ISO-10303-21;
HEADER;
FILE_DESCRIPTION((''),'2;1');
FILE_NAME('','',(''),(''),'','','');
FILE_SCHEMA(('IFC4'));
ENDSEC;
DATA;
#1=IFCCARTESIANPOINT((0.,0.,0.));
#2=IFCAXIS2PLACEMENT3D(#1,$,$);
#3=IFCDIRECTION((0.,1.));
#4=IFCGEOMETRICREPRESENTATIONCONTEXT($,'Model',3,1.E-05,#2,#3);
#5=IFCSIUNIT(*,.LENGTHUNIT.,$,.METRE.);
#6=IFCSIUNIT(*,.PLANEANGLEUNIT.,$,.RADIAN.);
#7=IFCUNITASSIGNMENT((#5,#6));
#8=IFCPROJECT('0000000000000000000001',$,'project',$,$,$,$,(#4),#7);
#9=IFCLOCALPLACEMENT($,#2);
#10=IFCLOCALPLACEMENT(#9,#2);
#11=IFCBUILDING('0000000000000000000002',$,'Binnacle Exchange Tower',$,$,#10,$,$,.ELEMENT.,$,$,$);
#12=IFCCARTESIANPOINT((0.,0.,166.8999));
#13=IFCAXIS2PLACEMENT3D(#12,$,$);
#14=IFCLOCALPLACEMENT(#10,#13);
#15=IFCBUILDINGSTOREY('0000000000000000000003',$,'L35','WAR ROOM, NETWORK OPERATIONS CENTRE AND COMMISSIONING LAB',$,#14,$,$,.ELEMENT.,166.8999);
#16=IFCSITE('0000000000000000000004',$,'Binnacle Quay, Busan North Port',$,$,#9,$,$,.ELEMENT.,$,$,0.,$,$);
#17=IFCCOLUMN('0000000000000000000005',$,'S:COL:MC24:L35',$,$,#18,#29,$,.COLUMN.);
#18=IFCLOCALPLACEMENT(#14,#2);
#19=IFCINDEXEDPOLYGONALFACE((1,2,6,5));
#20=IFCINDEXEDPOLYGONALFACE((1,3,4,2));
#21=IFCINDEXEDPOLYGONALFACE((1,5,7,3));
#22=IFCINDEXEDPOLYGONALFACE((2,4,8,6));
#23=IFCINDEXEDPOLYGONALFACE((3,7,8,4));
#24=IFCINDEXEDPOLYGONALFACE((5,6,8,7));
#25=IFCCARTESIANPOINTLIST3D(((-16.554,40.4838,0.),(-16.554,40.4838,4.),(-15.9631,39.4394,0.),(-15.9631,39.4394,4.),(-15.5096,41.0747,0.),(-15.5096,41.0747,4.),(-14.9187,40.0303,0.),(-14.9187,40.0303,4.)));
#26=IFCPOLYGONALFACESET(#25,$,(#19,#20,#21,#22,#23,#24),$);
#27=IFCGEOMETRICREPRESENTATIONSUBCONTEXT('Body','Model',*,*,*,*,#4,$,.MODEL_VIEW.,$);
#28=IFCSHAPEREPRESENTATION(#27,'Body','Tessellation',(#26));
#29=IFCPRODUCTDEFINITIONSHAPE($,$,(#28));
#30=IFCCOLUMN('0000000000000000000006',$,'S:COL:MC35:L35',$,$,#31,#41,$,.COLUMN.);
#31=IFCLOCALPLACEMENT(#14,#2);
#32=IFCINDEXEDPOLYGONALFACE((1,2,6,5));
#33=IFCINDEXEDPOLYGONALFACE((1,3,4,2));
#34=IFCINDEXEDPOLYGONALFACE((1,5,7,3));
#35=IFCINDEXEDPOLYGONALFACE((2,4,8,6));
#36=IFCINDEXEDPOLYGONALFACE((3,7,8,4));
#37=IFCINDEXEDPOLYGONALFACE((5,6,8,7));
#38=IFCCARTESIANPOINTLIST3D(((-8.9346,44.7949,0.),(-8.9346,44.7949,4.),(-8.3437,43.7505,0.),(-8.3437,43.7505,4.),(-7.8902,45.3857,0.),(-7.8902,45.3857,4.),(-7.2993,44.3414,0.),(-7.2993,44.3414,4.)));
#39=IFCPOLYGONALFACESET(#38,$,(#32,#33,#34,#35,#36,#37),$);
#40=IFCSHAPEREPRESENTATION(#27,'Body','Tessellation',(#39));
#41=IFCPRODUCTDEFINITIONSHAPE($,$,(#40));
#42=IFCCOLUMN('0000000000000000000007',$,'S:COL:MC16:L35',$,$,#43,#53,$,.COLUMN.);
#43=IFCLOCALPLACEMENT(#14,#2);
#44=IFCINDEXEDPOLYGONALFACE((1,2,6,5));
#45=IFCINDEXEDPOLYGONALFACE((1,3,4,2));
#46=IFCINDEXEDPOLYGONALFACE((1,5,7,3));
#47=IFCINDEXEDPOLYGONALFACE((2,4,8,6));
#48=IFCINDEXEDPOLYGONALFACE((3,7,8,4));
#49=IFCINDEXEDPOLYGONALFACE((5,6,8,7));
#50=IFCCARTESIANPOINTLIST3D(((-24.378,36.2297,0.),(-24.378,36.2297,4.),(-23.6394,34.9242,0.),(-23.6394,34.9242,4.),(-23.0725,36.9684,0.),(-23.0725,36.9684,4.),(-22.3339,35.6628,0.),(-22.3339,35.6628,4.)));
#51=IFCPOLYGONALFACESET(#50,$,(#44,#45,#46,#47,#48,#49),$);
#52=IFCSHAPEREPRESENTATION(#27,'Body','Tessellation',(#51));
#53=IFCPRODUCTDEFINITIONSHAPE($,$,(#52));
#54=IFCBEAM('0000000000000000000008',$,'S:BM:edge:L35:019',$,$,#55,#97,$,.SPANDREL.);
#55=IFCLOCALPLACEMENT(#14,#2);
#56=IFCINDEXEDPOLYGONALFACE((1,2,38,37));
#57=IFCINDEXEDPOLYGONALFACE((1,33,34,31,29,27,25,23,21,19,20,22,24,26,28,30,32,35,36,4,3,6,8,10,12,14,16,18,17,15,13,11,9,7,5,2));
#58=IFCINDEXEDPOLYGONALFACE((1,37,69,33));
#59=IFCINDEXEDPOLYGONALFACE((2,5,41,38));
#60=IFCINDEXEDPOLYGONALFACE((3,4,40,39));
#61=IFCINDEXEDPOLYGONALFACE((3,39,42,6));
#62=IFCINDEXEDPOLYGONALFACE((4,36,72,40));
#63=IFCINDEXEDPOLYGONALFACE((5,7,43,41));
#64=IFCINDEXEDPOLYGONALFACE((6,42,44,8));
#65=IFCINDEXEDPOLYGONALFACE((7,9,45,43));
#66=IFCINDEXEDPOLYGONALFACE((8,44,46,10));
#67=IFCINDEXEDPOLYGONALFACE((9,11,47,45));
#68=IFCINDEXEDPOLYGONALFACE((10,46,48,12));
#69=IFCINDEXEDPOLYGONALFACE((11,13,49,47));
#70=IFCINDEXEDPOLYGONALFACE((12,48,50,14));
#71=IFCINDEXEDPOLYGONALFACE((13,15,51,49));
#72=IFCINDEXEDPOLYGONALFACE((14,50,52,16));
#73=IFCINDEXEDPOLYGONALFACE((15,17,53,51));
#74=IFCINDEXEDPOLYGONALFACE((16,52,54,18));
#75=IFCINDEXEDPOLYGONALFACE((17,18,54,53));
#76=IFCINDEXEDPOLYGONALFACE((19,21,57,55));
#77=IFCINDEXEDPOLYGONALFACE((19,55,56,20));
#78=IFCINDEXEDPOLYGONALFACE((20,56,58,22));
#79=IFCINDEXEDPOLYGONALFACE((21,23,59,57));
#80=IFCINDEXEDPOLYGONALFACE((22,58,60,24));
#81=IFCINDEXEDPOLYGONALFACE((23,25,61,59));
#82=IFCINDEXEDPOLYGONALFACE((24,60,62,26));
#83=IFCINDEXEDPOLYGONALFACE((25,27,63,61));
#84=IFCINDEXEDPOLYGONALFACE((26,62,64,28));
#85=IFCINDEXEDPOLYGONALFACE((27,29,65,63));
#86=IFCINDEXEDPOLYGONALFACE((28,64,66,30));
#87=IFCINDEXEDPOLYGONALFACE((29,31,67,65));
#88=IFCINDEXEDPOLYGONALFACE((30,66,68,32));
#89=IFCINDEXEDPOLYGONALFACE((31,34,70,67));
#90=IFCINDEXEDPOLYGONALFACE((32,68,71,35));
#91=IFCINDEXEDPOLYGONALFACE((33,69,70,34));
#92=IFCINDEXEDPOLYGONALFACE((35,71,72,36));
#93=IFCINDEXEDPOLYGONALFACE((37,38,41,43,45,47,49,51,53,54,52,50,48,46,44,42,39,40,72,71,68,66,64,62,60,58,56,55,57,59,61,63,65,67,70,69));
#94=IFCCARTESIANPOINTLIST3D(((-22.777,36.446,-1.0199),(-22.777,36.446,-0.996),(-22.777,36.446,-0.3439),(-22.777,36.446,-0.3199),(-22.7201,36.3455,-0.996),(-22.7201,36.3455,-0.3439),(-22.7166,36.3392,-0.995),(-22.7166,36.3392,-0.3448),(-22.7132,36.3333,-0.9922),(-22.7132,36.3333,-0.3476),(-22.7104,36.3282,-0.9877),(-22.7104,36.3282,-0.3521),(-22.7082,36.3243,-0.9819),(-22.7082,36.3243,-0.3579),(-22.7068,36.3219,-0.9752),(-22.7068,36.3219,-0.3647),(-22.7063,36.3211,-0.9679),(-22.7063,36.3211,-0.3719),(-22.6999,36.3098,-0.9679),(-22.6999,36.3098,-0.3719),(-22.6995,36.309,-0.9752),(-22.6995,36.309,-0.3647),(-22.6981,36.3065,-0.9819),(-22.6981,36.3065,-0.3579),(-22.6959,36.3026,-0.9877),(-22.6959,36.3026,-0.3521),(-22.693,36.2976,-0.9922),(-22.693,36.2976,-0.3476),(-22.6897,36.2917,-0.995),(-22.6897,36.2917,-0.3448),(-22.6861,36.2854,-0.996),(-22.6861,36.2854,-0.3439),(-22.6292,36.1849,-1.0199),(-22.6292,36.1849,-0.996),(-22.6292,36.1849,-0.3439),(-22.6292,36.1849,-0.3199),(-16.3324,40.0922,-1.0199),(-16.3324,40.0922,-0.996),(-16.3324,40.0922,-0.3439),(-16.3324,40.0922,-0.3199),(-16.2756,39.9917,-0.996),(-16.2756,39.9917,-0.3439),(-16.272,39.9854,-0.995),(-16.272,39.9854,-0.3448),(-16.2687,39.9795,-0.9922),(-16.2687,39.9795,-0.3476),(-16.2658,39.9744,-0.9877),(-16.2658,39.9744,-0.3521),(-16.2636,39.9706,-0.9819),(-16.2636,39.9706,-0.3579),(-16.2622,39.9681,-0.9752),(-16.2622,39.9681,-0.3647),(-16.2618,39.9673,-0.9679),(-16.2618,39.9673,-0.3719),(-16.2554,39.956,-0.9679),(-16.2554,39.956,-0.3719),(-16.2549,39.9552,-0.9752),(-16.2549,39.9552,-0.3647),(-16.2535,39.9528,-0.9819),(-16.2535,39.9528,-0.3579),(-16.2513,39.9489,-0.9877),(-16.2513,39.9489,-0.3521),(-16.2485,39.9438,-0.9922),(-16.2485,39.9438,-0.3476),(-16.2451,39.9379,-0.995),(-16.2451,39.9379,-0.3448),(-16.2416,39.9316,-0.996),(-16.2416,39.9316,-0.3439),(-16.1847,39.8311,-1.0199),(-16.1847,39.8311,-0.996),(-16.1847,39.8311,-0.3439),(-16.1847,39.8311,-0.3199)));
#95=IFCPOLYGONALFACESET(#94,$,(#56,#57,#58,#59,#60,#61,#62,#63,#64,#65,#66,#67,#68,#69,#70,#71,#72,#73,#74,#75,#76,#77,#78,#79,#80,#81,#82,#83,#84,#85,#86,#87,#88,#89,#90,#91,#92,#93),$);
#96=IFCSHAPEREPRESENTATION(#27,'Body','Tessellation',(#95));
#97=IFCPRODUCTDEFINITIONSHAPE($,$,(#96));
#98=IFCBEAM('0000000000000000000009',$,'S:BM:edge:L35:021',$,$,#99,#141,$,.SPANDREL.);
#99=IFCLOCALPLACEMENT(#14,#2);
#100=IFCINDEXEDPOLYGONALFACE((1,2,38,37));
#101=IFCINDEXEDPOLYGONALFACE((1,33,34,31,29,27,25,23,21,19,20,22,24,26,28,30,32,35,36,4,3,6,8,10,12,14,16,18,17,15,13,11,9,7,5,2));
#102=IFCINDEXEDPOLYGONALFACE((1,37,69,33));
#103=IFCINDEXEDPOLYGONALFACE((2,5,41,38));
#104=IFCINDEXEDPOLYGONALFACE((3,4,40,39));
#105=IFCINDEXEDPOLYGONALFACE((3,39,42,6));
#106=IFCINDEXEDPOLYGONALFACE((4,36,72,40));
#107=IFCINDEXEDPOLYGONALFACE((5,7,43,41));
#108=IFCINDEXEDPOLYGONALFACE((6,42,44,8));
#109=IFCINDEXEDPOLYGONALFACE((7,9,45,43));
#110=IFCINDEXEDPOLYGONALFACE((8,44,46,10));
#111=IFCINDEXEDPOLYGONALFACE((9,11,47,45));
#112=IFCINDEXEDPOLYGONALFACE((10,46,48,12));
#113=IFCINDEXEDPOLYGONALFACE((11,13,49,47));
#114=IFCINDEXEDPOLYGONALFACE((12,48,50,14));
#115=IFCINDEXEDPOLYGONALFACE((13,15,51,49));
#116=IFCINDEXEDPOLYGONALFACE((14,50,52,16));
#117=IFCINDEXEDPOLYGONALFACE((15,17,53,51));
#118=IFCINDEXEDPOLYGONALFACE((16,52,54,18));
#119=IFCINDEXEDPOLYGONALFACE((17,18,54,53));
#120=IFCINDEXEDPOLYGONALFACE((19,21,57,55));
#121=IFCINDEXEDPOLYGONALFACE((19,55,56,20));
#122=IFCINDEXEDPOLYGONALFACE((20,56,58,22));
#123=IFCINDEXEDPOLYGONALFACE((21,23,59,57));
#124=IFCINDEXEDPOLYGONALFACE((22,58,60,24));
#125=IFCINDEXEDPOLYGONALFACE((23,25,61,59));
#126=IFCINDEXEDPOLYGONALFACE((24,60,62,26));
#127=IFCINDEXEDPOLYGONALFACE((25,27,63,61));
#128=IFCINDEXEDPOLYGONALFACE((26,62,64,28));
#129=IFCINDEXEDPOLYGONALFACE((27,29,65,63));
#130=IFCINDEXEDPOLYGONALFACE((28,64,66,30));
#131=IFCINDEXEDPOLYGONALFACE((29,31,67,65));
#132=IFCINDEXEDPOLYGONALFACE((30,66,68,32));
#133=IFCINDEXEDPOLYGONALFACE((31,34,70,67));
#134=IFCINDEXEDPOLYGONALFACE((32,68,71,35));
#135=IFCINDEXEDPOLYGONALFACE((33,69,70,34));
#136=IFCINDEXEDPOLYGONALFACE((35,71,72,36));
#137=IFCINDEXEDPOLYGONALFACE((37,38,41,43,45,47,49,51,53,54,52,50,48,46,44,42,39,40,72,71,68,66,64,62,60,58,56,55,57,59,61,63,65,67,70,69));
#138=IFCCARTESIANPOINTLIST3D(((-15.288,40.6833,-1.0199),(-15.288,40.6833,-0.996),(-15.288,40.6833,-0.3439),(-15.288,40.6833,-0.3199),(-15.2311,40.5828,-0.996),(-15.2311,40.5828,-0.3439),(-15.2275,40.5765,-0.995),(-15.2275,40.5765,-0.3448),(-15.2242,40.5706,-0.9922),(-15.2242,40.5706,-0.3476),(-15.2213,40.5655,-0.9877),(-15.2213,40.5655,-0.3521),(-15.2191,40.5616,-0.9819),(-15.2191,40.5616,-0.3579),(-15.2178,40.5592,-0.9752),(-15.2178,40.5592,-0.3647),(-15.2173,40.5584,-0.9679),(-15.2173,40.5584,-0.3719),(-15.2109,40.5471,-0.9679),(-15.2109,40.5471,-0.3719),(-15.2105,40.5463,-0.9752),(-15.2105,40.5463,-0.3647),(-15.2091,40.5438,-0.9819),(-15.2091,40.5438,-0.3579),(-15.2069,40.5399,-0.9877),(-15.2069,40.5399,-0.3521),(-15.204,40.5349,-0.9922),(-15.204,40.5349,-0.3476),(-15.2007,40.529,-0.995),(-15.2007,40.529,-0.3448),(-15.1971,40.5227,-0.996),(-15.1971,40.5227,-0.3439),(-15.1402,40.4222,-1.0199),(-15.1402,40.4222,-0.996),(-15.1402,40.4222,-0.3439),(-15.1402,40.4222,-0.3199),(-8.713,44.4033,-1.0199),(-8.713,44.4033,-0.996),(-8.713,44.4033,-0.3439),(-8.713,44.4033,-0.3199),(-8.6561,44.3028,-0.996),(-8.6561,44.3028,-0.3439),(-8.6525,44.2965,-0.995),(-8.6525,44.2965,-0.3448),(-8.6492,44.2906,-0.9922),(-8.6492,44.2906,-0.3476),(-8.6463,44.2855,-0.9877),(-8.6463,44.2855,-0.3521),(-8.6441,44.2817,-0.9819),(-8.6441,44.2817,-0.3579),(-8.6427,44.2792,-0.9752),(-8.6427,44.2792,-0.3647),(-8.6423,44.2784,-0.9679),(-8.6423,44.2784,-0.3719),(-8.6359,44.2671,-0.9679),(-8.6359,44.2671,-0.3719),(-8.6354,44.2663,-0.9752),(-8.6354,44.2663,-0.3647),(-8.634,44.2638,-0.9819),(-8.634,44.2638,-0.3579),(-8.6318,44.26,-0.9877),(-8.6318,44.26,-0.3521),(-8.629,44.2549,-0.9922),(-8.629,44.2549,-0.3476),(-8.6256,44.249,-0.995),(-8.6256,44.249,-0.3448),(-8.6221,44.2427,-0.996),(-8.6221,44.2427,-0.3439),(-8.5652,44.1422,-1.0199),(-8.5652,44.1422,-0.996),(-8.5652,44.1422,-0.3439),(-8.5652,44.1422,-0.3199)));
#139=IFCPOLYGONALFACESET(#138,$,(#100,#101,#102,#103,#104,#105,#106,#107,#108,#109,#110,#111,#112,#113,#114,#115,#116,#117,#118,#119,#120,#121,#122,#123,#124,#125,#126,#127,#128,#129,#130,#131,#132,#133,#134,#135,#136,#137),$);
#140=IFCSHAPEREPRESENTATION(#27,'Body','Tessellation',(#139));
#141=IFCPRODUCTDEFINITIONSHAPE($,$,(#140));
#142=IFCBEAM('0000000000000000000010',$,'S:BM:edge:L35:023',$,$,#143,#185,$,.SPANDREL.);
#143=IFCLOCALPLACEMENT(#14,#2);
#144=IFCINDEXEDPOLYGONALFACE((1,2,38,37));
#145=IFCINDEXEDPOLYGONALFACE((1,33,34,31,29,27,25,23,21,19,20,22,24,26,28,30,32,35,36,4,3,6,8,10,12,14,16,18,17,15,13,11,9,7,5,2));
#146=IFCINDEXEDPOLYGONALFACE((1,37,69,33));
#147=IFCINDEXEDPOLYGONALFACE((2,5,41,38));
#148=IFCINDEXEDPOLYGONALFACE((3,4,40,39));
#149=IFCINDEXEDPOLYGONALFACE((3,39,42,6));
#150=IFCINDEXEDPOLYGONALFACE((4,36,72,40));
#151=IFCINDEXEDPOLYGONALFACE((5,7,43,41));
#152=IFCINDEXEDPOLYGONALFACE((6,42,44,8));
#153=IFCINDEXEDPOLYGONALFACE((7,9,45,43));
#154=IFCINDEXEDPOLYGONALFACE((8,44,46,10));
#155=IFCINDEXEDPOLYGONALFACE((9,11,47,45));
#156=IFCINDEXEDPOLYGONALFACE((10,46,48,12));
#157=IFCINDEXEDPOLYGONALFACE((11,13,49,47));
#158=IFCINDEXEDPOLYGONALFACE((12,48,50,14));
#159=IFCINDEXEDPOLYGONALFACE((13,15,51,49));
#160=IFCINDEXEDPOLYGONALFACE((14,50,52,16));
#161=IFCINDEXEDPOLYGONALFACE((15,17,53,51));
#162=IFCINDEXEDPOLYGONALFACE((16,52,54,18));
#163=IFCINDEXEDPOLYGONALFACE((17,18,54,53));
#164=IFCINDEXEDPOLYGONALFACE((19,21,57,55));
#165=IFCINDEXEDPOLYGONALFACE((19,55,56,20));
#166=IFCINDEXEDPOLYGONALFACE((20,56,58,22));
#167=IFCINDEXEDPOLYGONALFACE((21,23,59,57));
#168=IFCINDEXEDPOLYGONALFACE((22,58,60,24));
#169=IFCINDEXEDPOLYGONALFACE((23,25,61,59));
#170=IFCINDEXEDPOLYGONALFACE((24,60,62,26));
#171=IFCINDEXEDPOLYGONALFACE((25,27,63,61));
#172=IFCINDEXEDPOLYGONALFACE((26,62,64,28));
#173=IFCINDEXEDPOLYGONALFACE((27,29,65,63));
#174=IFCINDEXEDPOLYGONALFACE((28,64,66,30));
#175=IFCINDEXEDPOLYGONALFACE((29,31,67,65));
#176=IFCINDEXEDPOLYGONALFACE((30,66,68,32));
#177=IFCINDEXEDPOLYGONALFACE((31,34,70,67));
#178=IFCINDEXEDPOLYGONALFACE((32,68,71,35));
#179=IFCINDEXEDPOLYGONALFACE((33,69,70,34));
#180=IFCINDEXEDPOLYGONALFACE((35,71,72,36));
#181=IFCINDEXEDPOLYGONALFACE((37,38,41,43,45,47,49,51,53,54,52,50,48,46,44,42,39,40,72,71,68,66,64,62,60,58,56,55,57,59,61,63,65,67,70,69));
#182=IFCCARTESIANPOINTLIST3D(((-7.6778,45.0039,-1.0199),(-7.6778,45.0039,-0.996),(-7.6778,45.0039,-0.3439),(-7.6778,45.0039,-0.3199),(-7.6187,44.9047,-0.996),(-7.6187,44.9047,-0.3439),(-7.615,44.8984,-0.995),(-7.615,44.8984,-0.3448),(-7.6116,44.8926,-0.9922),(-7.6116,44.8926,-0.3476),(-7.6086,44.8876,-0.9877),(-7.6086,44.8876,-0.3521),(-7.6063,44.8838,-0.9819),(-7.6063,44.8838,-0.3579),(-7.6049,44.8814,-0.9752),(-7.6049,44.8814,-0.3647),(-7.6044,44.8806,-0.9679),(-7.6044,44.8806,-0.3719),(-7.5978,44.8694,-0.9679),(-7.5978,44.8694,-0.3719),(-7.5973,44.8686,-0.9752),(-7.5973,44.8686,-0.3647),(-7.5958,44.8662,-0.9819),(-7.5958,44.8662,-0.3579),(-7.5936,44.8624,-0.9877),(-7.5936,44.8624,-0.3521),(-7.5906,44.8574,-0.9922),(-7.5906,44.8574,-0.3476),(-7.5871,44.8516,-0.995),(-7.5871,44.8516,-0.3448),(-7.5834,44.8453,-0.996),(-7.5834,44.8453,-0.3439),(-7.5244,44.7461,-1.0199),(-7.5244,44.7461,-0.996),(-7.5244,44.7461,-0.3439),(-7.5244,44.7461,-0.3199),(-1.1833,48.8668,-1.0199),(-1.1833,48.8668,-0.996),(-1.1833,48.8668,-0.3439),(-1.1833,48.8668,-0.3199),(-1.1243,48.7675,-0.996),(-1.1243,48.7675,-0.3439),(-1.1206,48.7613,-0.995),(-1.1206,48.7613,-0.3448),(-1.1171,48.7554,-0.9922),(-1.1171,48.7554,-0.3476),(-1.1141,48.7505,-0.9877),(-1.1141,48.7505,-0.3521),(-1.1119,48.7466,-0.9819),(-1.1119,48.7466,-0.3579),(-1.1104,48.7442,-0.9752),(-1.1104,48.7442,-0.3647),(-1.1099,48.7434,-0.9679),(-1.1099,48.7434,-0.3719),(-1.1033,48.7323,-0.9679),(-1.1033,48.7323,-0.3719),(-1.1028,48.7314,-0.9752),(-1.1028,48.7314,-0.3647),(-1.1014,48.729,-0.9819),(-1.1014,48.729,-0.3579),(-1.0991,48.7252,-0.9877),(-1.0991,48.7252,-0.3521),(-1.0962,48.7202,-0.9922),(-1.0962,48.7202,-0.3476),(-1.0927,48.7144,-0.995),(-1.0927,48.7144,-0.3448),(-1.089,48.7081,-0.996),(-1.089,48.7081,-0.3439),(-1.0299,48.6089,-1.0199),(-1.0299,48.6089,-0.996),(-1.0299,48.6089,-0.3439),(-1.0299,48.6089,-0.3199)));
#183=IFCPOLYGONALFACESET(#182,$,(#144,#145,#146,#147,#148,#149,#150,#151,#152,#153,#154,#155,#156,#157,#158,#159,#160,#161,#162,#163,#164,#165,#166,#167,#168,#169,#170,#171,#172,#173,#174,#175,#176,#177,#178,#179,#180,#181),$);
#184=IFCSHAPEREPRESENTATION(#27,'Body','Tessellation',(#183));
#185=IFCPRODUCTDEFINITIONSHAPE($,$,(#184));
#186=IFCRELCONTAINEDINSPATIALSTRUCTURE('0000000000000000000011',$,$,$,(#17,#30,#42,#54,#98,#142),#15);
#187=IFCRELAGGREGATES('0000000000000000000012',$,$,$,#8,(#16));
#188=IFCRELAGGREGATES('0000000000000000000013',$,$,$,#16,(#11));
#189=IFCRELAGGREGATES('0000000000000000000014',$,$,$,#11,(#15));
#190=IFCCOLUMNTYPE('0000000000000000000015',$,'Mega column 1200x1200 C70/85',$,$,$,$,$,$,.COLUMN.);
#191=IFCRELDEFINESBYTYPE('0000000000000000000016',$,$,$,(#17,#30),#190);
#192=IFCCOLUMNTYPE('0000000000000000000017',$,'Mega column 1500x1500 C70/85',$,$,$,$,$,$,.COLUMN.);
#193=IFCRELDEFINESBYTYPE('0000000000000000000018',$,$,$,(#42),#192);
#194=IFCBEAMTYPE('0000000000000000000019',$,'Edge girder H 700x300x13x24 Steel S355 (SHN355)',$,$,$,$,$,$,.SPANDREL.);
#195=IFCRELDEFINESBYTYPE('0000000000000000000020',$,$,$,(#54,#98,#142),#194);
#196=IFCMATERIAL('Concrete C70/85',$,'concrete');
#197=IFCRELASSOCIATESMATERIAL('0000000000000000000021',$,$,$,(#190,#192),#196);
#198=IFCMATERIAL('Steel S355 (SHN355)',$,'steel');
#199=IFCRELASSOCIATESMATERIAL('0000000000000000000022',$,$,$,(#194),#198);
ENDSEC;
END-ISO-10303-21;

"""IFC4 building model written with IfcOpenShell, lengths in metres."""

from ifc_helpers import new_model, si_unit, direction, frame, origin, origin_2d, place, context, subcontext, project, spatial, rectangle, i_section, extrude, material, material_profile, profile_set, type_object, element, save


model = new_model("IFC4")

# Units and contexts
model_context = context("Model", 3, precision=1e-05, world=origin(), true_north=direction((0.0, 1.0)))
body_context = subcontext(model_context, "Body", "Model", "MODEL_VIEW")
ifc_project = project(units=[si_unit("LENGTHUNIT", "METRE"), si_unit("PLANEANGLEUNIT", "RADIAN")], contexts=[model_context])

# Site, building, storey
site_placement = place(None, origin())
site = spatial("IfcSite", under=ifc_project, at=site_placement, Name="Binnacle Quay, Busan North Port", CompositionType="ELEMENT", RefElevation=0.0)
building_placement = place(site_placement, origin())
building = spatial("IfcBuilding", under=site, at=building_placement, Name="Binnacle Exchange Tower", CompositionType="ELEMENT")
storey_placement = place(building_placement, frame((0.0, 0.0, 166.8999)))
storey = spatial("IfcBuildingStorey", under=building, at=storey_placement, Name="L35", Description="WAR ROOM, NETWORK OPERATIONS CENTRE AND COMMISSIONING LAB", CompositionType="ELEMENT", Elevation=166.8999)

# Columns
ifc_material_1 = material(Name="Concrete C70/85", Category="concrete")
ifc_material_profile_1 = material_profile(ifc_material_1, rectangle(XDim=1.2, YDim=1.2, at=origin_2d()), Name="Mega column 1200x1200 C70/85")
ifc_profile_set_1 = profile_set([ifc_material_profile_1], Name="Concrete C70/85")
column_type_1 = type_object("IfcColumnType", Name="Mega column 1200x1200 C70/85", PredefinedType="COLUMN", material=ifc_profile_set_1)
for number, where, z_axis, x_axis, name in (
    (1, (-15.7363, 40.2571, 0.0), (0.0, 0.0, 1.0), (0.870356, 0.492424, 0.0), "S:COL:MC24:L35"),
    (2, (-8.1169, 44.5681, 0.0), (0.0, 0.0, 1.0), (0.870356, 0.492424, 0.0), "S:COL:MC35:L35"),
):
    element("IfcColumn", number, at=place(storey_placement, frame(where, z_axis=z_axis, x_axis=x_axis)), inside=storey, type_object=column_type_1, Name=name, PredefinedType="COLUMN", context=body_context, shape_type="SweptSolid", body=[
        extrude(rectangle(XDim=1.2, YDim=1.2, at=origin_2d()), origin(), (0.0, 0.0, 1.0), 4.0),
    ])
ifc_material_profile_2 = material_profile(ifc_material_1, rectangle(XDim=1.5, YDim=1.5, at=origin_2d()), Name="Mega column 1500x1500 C70/85")
ifc_profile_set_2 = profile_set([ifc_material_profile_2], Name="Concrete C70/85")
column_type_2 = type_object("IfcColumnType", Name="Mega column 1500x1500 C70/85", PredefinedType="COLUMN", material=ifc_profile_set_2)
column_placement = place(storey_placement, frame((-23.356, 35.9463, 0.0), z_axis=(0.0, 0.0, 1.0), x_axis=(0.870356, 0.492424, 0.0)))
element("IfcColumn", 3, at=column_placement, inside=storey, type_object=column_type_2, Name="S:COL:MC16:L35", PredefinedType="COLUMN", context=body_context, shape_type="SweptSolid", body=[
    extrude(rectangle(XDim=1.5, YDim=1.5, at=origin_2d()), origin(), (0.0, 0.0, 1.0), 4.0),
])

# Beams
ifc_material_2 = material(Name="Steel S355 (SHN355)", Category="steel")
ifc_material_profile_3 = material_profile(ifc_material_2, i_section(OverallWidth=0.3, OverallDepth=0.7, WebThickness=0.0129, FlangeThickness=0.0239, FilletRadius=0.0281, at=origin_2d()), Name="H 700x300x13x24")
ifc_profile_set_3 = profile_set([ifc_material_profile_3], Name="Steel S355 (SHN355)")
beam_type_1 = type_object("IfcBeamType", Name="Edge girder H 700x300x13x24 Steel S355 (SHN355)", PredefinedType="SPANDREL", material=ifc_profile_set_3)
beam_1_placement = place(storey_placement, frame((-22.7031, 36.3154, -0.6699), z_axis=(0.870352, 0.492431, 0.0), x_axis=(-0.492431, 0.870352, 0.0)))
element("IfcBeam", 4, at=beam_1_placement, inside=storey, type_object=beam_type_1, Name="S:BM:edge:L35:019", PredefinedType="SPANDREL", context=body_context, shape_type="SweptSolid", body=[
    extrude(i_section(OverallWidth=0.3, OverallDepth=0.7, WebThickness=0.0129, FlangeThickness=0.0239, FilletRadius=0.0281, at=origin_2d()), origin(), (0.0, 0.0, 1.0), 7.4045),
])
beam_2_placement = place(storey_placement, frame((-15.2141, 40.5527, -0.6699), z_axis=(0.870353, 0.492428, 0.0), x_axis=(-0.492428, 0.870353, 0.0)))
element("IfcBeam", 5, at=beam_2_placement, inside=storey, type_object=beam_type_1, Name="S:BM:edge:L35:021", PredefinedType="SPANDREL", context=body_context, shape_type="SweptSolid", body=[
    extrude(i_section(OverallWidth=0.3, OverallDepth=0.7, WebThickness=0.0129, FlangeThickness=0.0239, FilletRadius=0.0281, at=origin_2d()), origin(), (0.0, 0.0, 1.0), 7.5544),
])
beam_3_placement = place(storey_placement, frame((-7.6011, 44.875, -0.6699), z_axis=(0.859462, 0.511199, 0.0), x_axis=(-0.511199, 0.859462, 0.0)))
element("IfcBeam", 6, at=beam_3_placement, inside=storey, type_object=beam_type_1, Name="S:BM:edge:L35:023", PredefinedType="SPANDREL", context=body_context, shape_type="SweptSolid", body=[
    extrude(i_section(OverallWidth=0.3, OverallDepth=0.7, WebThickness=0.0129, FlangeThickness=0.0239, FilletRadius=0.0281, at=origin_2d()), origin(), (0.0, 0.0, 1.0), 7.5564),
])

save(model, "model.ifc")
